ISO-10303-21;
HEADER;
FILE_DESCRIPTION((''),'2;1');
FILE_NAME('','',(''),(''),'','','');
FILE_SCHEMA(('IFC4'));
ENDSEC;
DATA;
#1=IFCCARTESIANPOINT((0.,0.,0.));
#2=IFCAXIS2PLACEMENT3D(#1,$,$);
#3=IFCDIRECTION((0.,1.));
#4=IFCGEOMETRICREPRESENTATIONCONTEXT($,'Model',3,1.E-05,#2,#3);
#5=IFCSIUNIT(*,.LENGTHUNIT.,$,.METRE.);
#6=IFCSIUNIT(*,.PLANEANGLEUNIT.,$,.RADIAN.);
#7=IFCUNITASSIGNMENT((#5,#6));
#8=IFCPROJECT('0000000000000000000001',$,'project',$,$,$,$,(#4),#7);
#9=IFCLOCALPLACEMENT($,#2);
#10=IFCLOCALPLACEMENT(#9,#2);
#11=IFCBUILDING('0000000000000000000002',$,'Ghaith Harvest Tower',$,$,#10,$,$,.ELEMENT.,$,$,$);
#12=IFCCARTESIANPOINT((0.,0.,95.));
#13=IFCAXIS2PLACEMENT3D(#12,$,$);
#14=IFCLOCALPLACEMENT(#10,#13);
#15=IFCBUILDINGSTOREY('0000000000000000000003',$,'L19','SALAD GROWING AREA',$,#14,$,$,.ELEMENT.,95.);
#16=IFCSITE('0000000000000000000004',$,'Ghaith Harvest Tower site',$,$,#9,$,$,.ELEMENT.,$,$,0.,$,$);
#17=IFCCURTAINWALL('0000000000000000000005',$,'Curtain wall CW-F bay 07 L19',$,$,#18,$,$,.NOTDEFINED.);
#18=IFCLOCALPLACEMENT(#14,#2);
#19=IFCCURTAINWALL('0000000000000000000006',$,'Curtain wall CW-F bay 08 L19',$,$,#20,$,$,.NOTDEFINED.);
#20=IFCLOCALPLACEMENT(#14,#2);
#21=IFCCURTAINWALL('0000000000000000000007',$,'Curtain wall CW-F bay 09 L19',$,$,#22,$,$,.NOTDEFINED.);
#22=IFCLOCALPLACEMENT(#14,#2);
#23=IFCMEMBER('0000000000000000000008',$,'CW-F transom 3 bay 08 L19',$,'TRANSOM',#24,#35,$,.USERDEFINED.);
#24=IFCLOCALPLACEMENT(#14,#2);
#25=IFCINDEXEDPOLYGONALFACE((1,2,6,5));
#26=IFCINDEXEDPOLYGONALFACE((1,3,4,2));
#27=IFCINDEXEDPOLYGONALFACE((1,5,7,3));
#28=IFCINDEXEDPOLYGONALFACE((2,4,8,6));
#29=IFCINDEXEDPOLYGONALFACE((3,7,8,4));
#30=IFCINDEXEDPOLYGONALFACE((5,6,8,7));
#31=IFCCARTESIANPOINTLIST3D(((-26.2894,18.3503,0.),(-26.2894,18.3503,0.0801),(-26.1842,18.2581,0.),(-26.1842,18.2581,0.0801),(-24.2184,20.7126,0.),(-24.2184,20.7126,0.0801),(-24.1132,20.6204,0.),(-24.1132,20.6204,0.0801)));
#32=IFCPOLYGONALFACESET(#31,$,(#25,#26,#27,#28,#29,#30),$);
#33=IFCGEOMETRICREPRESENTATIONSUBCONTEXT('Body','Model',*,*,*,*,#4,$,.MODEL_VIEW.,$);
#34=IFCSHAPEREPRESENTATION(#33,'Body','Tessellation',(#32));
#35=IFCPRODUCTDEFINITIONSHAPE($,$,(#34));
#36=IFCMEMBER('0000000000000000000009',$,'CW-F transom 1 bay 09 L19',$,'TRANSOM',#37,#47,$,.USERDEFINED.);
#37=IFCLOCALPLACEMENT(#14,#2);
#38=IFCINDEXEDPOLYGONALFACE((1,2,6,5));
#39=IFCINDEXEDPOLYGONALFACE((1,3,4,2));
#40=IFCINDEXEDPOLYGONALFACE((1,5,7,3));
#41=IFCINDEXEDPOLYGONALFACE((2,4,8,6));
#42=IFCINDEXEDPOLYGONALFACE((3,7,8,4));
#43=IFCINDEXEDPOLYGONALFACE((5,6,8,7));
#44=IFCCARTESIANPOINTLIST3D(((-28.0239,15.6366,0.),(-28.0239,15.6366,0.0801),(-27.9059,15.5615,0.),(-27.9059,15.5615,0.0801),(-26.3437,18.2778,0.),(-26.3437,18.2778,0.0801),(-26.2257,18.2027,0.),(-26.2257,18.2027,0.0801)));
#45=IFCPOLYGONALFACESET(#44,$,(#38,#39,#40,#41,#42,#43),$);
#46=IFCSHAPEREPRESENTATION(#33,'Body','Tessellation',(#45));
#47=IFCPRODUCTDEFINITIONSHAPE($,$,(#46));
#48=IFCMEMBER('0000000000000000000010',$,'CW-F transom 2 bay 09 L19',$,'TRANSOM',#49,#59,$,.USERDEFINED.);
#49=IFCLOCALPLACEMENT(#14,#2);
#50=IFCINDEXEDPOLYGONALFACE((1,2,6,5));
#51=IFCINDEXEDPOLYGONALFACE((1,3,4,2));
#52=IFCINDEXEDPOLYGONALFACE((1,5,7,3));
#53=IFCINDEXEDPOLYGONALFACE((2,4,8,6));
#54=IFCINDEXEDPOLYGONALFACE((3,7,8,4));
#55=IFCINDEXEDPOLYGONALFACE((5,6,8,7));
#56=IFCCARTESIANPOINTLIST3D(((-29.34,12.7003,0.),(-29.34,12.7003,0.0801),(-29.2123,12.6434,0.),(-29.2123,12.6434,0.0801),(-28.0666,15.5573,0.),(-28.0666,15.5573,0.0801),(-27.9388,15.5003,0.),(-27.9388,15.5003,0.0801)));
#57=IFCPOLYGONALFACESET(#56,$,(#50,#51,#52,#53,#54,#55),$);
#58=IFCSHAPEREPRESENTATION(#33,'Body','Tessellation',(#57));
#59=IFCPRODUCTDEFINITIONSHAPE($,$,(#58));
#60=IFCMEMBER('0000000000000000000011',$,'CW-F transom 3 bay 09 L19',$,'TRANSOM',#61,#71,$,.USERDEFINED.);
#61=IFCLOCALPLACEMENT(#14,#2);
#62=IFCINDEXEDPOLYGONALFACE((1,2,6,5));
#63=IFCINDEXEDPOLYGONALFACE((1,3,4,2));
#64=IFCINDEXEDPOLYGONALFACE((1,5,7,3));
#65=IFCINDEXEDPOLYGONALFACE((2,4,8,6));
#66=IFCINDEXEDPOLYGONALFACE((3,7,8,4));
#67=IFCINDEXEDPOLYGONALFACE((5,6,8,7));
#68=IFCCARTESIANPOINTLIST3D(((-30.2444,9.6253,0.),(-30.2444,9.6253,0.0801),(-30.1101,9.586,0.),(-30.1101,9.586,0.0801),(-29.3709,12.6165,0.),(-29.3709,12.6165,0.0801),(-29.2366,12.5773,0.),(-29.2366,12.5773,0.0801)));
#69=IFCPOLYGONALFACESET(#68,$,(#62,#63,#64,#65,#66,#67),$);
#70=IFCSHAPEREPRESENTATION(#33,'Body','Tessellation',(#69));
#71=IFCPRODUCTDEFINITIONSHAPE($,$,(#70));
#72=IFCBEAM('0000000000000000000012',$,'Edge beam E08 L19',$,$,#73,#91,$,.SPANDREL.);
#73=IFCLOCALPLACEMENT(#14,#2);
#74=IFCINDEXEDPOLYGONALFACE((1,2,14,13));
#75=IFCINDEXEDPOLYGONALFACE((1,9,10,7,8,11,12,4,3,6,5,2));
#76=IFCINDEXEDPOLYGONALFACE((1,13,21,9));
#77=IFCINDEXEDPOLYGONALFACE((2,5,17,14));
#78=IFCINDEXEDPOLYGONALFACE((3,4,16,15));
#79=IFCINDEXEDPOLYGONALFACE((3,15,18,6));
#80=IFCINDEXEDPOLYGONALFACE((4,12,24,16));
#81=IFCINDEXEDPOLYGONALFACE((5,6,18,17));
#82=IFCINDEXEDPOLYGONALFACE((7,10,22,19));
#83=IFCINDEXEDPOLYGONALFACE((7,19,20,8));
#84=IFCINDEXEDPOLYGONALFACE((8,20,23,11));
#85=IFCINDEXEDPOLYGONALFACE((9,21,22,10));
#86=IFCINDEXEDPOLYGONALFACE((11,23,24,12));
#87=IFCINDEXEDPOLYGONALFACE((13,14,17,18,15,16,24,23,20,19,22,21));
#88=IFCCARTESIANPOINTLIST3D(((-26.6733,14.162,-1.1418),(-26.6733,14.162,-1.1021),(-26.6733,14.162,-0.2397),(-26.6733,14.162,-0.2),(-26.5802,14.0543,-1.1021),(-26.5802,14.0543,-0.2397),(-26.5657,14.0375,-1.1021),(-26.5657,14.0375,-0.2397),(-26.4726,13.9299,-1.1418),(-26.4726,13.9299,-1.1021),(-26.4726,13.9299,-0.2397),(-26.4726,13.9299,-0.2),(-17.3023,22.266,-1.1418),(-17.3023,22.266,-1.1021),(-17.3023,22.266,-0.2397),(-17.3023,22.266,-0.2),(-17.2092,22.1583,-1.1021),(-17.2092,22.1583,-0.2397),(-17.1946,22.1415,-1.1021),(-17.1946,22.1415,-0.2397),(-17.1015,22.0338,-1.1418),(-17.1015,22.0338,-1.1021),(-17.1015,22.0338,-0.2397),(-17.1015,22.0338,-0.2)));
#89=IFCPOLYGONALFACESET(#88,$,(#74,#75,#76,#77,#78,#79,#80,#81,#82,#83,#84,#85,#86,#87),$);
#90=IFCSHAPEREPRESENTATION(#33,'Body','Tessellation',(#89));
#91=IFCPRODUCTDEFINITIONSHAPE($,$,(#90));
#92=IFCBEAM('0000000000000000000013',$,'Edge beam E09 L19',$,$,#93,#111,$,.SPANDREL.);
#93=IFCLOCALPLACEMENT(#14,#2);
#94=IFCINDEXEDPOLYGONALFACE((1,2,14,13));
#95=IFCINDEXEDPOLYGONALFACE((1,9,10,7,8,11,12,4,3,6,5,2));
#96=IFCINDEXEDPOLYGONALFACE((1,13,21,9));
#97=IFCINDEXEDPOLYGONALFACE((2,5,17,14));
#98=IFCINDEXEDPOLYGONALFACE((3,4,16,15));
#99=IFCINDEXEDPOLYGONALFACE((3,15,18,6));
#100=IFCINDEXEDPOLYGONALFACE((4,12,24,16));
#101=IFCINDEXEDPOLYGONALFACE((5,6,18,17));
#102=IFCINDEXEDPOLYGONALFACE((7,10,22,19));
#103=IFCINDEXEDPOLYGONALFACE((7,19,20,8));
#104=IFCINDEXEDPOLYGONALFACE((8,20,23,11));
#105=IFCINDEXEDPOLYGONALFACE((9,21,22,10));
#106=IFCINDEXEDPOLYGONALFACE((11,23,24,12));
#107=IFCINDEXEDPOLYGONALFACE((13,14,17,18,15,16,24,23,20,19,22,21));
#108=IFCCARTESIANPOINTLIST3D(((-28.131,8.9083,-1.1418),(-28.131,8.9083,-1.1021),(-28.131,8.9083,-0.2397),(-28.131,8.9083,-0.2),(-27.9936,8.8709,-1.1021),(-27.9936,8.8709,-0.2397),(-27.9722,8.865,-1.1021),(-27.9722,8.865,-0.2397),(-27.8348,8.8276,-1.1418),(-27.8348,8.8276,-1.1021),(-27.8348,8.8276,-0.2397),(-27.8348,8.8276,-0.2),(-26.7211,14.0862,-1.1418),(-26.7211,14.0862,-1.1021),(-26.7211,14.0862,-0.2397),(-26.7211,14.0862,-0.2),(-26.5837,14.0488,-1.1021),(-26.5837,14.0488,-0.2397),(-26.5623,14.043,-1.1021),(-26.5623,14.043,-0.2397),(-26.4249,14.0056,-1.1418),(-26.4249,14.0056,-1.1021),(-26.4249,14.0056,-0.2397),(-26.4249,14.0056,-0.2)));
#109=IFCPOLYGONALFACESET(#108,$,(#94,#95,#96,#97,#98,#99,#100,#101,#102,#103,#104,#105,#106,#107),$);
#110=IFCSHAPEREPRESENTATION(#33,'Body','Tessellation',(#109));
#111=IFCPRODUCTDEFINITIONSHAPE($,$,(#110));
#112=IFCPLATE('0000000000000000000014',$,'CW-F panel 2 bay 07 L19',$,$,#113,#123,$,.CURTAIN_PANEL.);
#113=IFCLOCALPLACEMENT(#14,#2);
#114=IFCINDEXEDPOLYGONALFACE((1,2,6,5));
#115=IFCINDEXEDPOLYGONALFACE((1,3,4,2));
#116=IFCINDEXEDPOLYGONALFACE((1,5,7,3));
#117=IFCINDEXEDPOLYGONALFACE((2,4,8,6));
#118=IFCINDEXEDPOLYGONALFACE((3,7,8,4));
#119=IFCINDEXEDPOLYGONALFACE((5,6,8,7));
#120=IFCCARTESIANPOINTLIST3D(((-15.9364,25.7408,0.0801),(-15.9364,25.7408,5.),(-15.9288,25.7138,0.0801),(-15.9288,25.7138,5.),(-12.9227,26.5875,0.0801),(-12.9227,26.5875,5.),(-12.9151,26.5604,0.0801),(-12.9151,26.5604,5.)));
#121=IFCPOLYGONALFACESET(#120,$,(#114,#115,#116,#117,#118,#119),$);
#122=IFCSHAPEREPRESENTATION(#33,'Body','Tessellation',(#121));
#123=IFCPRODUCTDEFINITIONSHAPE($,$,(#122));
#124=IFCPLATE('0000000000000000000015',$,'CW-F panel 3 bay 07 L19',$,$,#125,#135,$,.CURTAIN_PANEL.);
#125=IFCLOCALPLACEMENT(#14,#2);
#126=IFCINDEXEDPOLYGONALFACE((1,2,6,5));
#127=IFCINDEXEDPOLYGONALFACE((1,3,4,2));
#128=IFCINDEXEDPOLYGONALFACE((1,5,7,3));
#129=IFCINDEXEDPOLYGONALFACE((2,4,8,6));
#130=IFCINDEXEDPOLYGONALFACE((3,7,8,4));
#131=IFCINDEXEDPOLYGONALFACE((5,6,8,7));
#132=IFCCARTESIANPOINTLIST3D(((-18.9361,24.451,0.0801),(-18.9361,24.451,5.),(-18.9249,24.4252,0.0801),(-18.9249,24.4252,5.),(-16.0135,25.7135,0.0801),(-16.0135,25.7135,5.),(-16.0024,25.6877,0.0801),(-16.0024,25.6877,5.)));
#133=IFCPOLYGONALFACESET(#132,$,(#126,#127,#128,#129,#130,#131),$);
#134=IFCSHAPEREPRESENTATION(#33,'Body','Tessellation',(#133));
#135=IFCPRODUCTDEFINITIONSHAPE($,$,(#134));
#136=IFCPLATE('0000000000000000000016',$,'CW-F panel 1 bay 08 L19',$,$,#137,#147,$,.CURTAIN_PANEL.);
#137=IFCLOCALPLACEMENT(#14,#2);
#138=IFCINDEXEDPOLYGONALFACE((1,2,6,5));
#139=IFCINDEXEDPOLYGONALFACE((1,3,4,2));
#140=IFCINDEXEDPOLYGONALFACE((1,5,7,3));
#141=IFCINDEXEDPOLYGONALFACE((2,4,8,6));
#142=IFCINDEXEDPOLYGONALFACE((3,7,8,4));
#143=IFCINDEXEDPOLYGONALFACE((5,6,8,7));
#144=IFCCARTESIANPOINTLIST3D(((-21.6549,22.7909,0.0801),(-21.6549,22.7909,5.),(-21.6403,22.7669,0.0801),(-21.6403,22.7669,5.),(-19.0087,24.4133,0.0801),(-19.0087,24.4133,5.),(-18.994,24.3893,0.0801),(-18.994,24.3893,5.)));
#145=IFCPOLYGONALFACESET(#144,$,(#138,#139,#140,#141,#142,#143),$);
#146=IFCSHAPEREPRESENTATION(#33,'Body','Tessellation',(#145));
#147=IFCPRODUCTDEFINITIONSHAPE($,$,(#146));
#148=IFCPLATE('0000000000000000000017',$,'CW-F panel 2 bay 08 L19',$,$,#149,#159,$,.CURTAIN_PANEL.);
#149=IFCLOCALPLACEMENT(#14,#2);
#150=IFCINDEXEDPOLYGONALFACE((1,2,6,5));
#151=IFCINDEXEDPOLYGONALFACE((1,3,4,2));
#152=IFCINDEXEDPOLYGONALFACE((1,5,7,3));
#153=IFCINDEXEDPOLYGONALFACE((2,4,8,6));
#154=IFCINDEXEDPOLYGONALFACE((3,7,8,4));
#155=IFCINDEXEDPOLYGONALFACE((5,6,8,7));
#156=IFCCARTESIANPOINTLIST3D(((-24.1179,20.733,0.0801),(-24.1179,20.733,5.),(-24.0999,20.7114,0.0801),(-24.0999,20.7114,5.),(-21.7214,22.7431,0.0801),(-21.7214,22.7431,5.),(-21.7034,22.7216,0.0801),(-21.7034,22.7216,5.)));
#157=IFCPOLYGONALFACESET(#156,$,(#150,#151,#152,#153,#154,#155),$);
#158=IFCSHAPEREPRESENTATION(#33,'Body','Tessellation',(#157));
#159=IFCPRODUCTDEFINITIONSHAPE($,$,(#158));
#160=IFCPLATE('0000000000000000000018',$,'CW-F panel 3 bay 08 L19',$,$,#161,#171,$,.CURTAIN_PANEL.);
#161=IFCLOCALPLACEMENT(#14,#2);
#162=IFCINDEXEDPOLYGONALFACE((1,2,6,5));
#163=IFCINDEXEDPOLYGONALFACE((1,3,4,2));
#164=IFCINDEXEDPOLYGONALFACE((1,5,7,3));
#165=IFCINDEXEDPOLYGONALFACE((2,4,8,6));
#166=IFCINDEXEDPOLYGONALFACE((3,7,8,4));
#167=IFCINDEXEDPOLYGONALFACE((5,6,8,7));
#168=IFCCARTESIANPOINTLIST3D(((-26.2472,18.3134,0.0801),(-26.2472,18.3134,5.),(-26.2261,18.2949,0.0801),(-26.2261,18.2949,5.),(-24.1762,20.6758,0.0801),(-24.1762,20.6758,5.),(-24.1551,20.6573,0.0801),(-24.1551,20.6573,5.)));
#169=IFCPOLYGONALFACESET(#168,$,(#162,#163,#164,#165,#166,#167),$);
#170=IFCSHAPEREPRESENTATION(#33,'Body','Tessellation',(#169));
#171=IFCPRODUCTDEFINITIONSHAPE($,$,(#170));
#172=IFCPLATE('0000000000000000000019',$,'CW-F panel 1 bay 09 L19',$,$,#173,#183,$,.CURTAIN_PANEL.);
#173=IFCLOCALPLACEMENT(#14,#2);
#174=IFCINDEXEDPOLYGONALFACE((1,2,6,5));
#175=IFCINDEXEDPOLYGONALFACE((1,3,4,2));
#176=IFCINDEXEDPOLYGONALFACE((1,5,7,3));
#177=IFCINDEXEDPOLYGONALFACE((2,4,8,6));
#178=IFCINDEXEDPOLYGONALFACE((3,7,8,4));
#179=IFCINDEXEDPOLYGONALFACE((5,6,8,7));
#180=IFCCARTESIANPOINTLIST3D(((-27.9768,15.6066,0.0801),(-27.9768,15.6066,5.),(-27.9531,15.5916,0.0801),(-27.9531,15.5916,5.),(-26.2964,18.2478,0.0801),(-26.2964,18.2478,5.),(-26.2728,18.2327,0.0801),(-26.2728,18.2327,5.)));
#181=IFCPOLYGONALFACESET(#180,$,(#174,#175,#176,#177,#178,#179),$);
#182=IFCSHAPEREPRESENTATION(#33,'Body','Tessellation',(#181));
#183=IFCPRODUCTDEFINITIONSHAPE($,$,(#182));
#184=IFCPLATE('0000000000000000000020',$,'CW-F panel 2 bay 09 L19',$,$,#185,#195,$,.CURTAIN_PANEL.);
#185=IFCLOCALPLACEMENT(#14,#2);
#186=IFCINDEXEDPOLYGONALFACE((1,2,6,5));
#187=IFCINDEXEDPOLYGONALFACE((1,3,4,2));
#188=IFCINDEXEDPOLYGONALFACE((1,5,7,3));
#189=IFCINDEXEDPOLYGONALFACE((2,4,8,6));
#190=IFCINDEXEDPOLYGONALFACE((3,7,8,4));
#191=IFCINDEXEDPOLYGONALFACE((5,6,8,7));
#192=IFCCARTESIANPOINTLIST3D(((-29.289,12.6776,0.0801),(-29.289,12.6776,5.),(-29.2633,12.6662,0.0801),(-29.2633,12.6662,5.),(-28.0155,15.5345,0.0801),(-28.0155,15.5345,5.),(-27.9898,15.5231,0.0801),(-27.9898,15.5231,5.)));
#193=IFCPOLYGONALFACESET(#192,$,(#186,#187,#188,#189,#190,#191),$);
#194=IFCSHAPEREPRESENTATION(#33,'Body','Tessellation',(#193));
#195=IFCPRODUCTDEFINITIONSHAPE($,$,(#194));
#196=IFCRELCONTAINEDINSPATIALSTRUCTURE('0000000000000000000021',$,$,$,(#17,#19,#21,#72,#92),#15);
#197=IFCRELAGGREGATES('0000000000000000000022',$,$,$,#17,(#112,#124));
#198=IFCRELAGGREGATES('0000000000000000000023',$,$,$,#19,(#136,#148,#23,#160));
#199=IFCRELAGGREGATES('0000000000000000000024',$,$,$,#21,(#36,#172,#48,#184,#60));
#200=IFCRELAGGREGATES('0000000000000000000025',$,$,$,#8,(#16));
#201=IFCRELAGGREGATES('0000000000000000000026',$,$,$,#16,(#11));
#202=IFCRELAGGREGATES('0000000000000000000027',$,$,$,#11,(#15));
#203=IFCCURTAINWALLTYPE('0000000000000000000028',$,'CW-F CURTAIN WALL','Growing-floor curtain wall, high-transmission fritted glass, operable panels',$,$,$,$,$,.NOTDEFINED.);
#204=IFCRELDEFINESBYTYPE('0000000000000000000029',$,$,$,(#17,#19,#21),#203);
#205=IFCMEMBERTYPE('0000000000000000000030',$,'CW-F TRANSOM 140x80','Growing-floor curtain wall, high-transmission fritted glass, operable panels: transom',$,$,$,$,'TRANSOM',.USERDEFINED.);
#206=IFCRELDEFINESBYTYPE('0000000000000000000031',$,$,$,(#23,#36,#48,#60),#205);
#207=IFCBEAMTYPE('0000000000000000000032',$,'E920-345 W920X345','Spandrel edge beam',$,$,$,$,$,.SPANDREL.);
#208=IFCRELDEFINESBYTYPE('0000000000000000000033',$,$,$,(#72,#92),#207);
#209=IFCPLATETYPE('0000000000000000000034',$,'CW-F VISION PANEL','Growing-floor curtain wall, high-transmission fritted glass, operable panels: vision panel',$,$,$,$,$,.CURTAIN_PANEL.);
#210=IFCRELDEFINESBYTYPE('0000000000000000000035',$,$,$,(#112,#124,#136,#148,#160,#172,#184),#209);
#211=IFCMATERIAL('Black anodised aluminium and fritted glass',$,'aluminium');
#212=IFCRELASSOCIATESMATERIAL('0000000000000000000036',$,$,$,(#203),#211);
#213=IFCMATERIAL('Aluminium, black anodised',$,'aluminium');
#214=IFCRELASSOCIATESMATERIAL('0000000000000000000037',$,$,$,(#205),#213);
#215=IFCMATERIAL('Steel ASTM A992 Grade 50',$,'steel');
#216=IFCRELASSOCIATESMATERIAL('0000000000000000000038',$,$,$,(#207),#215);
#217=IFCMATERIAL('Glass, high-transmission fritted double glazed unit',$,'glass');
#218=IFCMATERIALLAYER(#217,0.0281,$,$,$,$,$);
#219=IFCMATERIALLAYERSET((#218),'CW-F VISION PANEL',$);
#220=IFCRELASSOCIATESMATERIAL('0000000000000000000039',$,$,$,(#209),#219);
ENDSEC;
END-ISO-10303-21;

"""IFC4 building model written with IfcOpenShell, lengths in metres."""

from ifc_helpers import new_model, si_unit, direction, frame, origin, origin_2d, place, context, subcontext, project, spatial, rectangle, i_section, extrude, material, layer, layer_set, material_profile, profile_set, type_object, element, aggregate, save


model = new_model("IFC4")

# Units and contexts
model_context = context("Model", 3, precision=1e-05, world=origin(), true_north=direction((0.0, 1.0)))
body_context = subcontext(model_context, "Body", "Model", "MODEL_VIEW")
ifc_project = project(units=[si_unit("LENGTHUNIT", "METRE"), si_unit("PLANEANGLEUNIT", "RADIAN")], contexts=[model_context])

# Site, building, storey
site_placement = place(None, origin())
site = spatial("IfcSite", under=ifc_project, at=site_placement, Name="Ghaith Harvest Tower site", CompositionType="ELEMENT", RefElevation=0.0)
building_placement = place(site_placement, origin())
building = spatial("IfcBuilding", under=site, at=building_placement, Name="Ghaith Harvest Tower", CompositionType="ELEMENT")
storey_placement = place(building_placement, frame((0.0, 0.0, 95.0)))
storey = spatial("IfcBuildingStorey", under=building, at=storey_placement, Name="L19", Description="SALAD GROWING AREA", CompositionType="ELEMENT", Elevation=95.0)

# Curtain walls
ifc_material_1 = material(Name="Black anodised aluminium and fritted glass", Category="aluminium")
curtain_wall_type = type_object("IfcCurtainWallType", Name="CW-F CURTAIN WALL", Description="Growing-floor curtain wall, high-transmission fritted glass, operable panels", PredefinedType="NOTDEFINED", material=ifc_material_1)
curtain_wall_1_placement = place(storey_placement, origin())
curtain_wall_1 = element("IfcCurtainWall", 1, at=curtain_wall_1_placement, inside=storey, type_object=curtain_wall_type, Name="Curtain wall CW-F bay 07 L19", PredefinedType="NOTDEFINED")
curtain_wall_2_placement = place(storey_placement, origin())
curtain_wall_2 = element("IfcCurtainWall", 2, at=curtain_wall_2_placement, inside=storey, type_object=curtain_wall_type, Name="Curtain wall CW-F bay 08 L19", PredefinedType="NOTDEFINED")
curtain_wall_3_placement = place(storey_placement, origin())
curtain_wall_3 = element("IfcCurtainWall", 3, at=curtain_wall_3_placement, inside=storey, type_object=curtain_wall_type, Name="Curtain wall CW-F bay 09 L19", PredefinedType="NOTDEFINED")

# Members
ifc_material_2 = material(Name="Aluminium, black anodised", Category="aluminium")
ifc_material_profile_1 = material_profile(ifc_material_2, rectangle(XDim=0.1399, YDim=0.0801, at=origin_2d()), Name="CW-F TRANSOM 140x80")
ifc_profile_set_1 = profile_set([ifc_material_profile_1], Name="Aluminium, black anodised")
member_type_1 = type_object("IfcMemberType", Name="CW-F TRANSOM 140x80", Description="Growing-floor curtain wall, high-transmission fritted glass, operable panels: transom", ElementType="TRANSOM", PredefinedType="USERDEFINED", material=ifc_profile_set_1)
member_1_placement = place(storey_placement, frame((-24.1658, 20.6665, 0.04), z_axis=(-0.659231, -0.751941, 0.0), x_axis=(0.751941, -0.659231, 0.0)))
member_1 = element("IfcMember", 4, at=member_1_placement, type_object=member_type_1, Name="CW-F transom 3 bay 08 L19", ObjectType="TRANSOM", PredefinedType="USERDEFINED", context=body_context, shape_type="SweptSolid", body=[
    extrude(rectangle(XDim=0.1399, YDim=0.0801, at=origin_2d()), origin(), (0.0, 0.0, 1.0), 3.1416),
])
member_2_placement = place(storey_placement, frame((-26.2847, 18.2402, 0.04), z_axis=(-0.536754, -0.843739, 0.0), x_axis=(0.843739, -0.536754, 0.0)))
member_2 = element("IfcMember", 5, at=member_2_placement, type_object=member_type_1, Name="CW-F transom 1 bay 09 L19", ObjectType="TRANSOM", PredefinedType="USERDEFINED", context=body_context, shape_type="SweptSolid", body=[
    extrude(rectangle(XDim=0.1399, YDim=0.0801, at=origin_2d()), origin(), (0.0, 0.0, 1.0), 3.1304),
])
member_3_placement = place(storey_placement, frame((-28.0027, 15.5288, 0.04), z_axis=(-0.407123, -0.913373, 0.0), x_axis=(0.913373, -0.407123, 0.0)))
member_3 = element("IfcMember", 6, at=member_3_placement, type_object=member_type_1, Name="CW-F transom 2 bay 09 L19", ObjectType="TRANSOM", PredefinedType="USERDEFINED", context=body_context, shape_type="SweptSolid", body=[
    extrude(rectangle(XDim=0.1399, YDim=0.0801, at=origin_2d()), origin(), (0.0, 0.0, 1.0), 3.1279),
])
member_4_placement = place(storey_placement, frame((-29.3037, 12.5969, 0.04), z_axis=(-0.280325, -0.959905, 0.0), x_axis=(0.959905, -0.280325, 0.0)))
member_4 = element("IfcMember", 7, at=member_4_placement, type_object=member_type_1, Name="CW-F transom 3 bay 09 L19", ObjectType="TRANSOM", PredefinedType="USERDEFINED", context=body_context, shape_type="SweptSolid", body=[
    extrude(rectangle(XDim=0.1399, YDim=0.0801, at=origin_2d()), origin(), (0.0, 0.0, 1.0), 3.1162),
])

# Beams
ifc_material_3 = material(Name="Steel ASTM A992 Grade 50", Category="steel")
ifc_material_profile_2 = material_profile(ifc_material_3, i_section(OverallWidth=0.3069, OverallDepth=0.9419, WebThickness=0.0222, FlangeThickness=0.0398, at=origin_2d()), Name="W920X345")
ifc_profile_set_2 = profile_set([ifc_material_profile_2], Name="Steel ASTM A992 Grade 50")
beam_type = type_object("IfcBeamType", Name="E920-345 W920X345", Description="Spandrel edge beam", PredefinedType="SPANDREL", material=ifc_profile_set_2)
beam_1_placement = place(storey_placement, frame((-17.2019, 22.1499, -0.6709), z_axis=(-0.756392, -0.654118, 0.0), x_axis=(0.654118, -0.756392, 0.0)))
element("IfcBeam", 8, at=beam_1_placement, inside=storey, type_object=beam_type, Name="Edge beam E08 L19", PredefinedType="SPANDREL", context=body_context, shape_type="SweptSolid", body=[
    extrude(i_section(OverallWidth=0.3069, OverallDepth=0.9419, WebThickness=0.0222, FlangeThickness=0.0398, at=origin_2d()), origin(), (0.0, 0.0, 1.0), 12.3892),
])
beam_2_placement = place(storey_placement, frame((-26.573, 14.0459, -0.6709), z_axis=(-0.262725, -0.964871, 0.0), x_axis=(0.964871, -0.262725, 0.0)))
element("IfcBeam", 9, at=beam_2_placement, inside=storey, type_object=beam_type, Name="Edge beam E09 L19", PredefinedType="SPANDREL", context=body_context, shape_type="SweptSolid", body=[
    extrude(i_section(OverallWidth=0.3069, OverallDepth=0.9419, WebThickness=0.0222, FlangeThickness=0.0398, at=origin_2d()), origin(), (0.0, 0.0, 1.0), 5.3665),
])

# Plates
ifc_material_4 = material(Name="Glass, high-transmission fritted double glazed unit", Category="glass")
ifc_layer_1 = layer(ifc_material_4, 0.0281)
ifc_layer_set_1 = layer_set([ifc_layer_1], Name="CW-F VISION PANEL")
plate_type = type_object("IfcPlateType", Name="CW-F VISION PANEL", Description="Growing-floor curtain wall, high-transmission fritted glass, operable panels: vision panel", PredefinedType="CURTAIN_PANEL", material=ifc_layer_set_1)
plate_1_placement = place(storey_placement, frame((-14.4258, 26.1506, 0.0801), z_axis=(0.0, 0.0, 1.0), x_axis=(-0.96273, -0.270465, 0.0)))
plate_1 = element("IfcPlate", 10, at=plate_1_placement, type_object=plate_type, Name="CW-F panel 2 bay 07 L19", PredefinedType="CURTAIN_PANEL", context=body_context, shape_type="SweptSolid", body=[
    extrude(rectangle(XDim=3.1304, YDim=0.0281, at=origin_2d()), origin(), (0.0, 0.0, 1.0), 4.9199),
])
plate_2_placement = place(storey_placement, frame((-17.4692, 25.0693, 0.0801), z_axis=(0.0, 0.0, 1.0), x_axis=(-0.918003, -0.396574, 0.0)))
plate_2 = element("IfcPlate", 11, at=plate_2_placement, type_object=plate_type, Name="CW-F panel 3 bay 07 L19", PredefinedType="CURTAIN_PANEL", context=body_context, shape_type="SweptSolid", body=[
    extrude(rectangle(XDim=3.1836, YDim=0.0281, at=origin_2d()), origin(), (0.0, 0.0, 1.0), 4.9199),
])
aggregate(curtain_wall_1, [plate_1, plate_2])
plate_3_placement = place(storey_placement, frame((-20.3245, 23.5901, 0.0801), z_axis=(0.0, 0.0, 1.0), x_axis=(-0.852528, -0.522682, 0.0)))
plate_3 = element("IfcPlate", 12, at=plate_3_placement, type_object=plate_type, Name="CW-F panel 1 bay 08 L19", PredefinedType="CURTAIN_PANEL", context=body_context, shape_type="SweptSolid", body=[
    extrude(rectangle(XDim=3.104, YDim=0.0281, at=origin_2d()), origin(), (0.0, 0.0, 1.0), 4.9199),
])
plate_4_placement = place(storey_placement, frame((-22.9106, 21.7273, 0.0801), z_axis=(0.0, 0.0, 1.0), x_axis=(-0.766155, -0.642656, 0.0)))
plate_4 = element("IfcPlate", 13, at=plate_4_placement, type_object=plate_type, Name="CW-F panel 2 bay 08 L19", PredefinedType="CURTAIN_PANEL", context=body_context, shape_type="SweptSolid", body=[
    extrude(rectangle(XDim=3.1279, YDim=0.0281, at=origin_2d()), origin(), (0.0, 0.0, 1.0), 4.9199),
])
plate_5_placement = place(storey_placement, frame((-25.2012, 19.4854, 0.0801), z_axis=(0.0, 0.0, 1.0), x_axis=(-0.659216, -0.751954, 0.0)))
plate_5 = element("IfcPlate", 14, at=plate_5_placement, type_object=plate_type, Name="CW-F panel 3 bay 08 L19", PredefinedType="CURTAIN_PANEL", context=body_context, shape_type="SweptSolid", body=[
    extrude(rectangle(XDim=3.1416, YDim=0.0281, at=origin_2d()), origin(), (0.0, 0.0, 1.0), 4.9199),
])
aggregate(curtain_wall_2, [plate_3, plate_4, member_1, plate_5])
plate_6_placement = place(storey_placement, frame((-27.1248, 16.9197, 0.0801), z_axis=(0.0, 0.0, 1.0), x_axis=(-0.536779, -0.843723, 0.0)))
plate_6 = element("IfcPlate", 15, at=plate_6_placement, type_object=plate_type, Name="CW-F panel 1 bay 09 L19", PredefinedType="CURTAIN_PANEL", context=body_context, shape_type="SweptSolid", body=[
    extrude(rectangle(XDim=3.1304, YDim=0.0281, at=origin_2d()), origin(), (0.0, 0.0, 1.0), 4.9199),
])
plate_7_placement = place(storey_placement, frame((-28.6394, 14.1003, 0.0801), z_axis=(0.0, 0.0, 1.0), x_axis=(-0.407134, -0.913368, 0.0)))
plate_7 = element("IfcPlate", 16, at=plate_7_placement, type_object=plate_type, Name="CW-F panel 2 bay 09 L19", PredefinedType="CURTAIN_PANEL", context=body_context, shape_type="SweptSolid", body=[
    extrude(rectangle(XDim=3.1279, YDim=0.0281, at=origin_2d()), origin(), (0.0, 0.0, 1.0), 4.9199),
])
aggregate(curtain_wall_3, [member_2, plate_6, member_3, plate_7, member_4])

save(model, "model.ifc")
